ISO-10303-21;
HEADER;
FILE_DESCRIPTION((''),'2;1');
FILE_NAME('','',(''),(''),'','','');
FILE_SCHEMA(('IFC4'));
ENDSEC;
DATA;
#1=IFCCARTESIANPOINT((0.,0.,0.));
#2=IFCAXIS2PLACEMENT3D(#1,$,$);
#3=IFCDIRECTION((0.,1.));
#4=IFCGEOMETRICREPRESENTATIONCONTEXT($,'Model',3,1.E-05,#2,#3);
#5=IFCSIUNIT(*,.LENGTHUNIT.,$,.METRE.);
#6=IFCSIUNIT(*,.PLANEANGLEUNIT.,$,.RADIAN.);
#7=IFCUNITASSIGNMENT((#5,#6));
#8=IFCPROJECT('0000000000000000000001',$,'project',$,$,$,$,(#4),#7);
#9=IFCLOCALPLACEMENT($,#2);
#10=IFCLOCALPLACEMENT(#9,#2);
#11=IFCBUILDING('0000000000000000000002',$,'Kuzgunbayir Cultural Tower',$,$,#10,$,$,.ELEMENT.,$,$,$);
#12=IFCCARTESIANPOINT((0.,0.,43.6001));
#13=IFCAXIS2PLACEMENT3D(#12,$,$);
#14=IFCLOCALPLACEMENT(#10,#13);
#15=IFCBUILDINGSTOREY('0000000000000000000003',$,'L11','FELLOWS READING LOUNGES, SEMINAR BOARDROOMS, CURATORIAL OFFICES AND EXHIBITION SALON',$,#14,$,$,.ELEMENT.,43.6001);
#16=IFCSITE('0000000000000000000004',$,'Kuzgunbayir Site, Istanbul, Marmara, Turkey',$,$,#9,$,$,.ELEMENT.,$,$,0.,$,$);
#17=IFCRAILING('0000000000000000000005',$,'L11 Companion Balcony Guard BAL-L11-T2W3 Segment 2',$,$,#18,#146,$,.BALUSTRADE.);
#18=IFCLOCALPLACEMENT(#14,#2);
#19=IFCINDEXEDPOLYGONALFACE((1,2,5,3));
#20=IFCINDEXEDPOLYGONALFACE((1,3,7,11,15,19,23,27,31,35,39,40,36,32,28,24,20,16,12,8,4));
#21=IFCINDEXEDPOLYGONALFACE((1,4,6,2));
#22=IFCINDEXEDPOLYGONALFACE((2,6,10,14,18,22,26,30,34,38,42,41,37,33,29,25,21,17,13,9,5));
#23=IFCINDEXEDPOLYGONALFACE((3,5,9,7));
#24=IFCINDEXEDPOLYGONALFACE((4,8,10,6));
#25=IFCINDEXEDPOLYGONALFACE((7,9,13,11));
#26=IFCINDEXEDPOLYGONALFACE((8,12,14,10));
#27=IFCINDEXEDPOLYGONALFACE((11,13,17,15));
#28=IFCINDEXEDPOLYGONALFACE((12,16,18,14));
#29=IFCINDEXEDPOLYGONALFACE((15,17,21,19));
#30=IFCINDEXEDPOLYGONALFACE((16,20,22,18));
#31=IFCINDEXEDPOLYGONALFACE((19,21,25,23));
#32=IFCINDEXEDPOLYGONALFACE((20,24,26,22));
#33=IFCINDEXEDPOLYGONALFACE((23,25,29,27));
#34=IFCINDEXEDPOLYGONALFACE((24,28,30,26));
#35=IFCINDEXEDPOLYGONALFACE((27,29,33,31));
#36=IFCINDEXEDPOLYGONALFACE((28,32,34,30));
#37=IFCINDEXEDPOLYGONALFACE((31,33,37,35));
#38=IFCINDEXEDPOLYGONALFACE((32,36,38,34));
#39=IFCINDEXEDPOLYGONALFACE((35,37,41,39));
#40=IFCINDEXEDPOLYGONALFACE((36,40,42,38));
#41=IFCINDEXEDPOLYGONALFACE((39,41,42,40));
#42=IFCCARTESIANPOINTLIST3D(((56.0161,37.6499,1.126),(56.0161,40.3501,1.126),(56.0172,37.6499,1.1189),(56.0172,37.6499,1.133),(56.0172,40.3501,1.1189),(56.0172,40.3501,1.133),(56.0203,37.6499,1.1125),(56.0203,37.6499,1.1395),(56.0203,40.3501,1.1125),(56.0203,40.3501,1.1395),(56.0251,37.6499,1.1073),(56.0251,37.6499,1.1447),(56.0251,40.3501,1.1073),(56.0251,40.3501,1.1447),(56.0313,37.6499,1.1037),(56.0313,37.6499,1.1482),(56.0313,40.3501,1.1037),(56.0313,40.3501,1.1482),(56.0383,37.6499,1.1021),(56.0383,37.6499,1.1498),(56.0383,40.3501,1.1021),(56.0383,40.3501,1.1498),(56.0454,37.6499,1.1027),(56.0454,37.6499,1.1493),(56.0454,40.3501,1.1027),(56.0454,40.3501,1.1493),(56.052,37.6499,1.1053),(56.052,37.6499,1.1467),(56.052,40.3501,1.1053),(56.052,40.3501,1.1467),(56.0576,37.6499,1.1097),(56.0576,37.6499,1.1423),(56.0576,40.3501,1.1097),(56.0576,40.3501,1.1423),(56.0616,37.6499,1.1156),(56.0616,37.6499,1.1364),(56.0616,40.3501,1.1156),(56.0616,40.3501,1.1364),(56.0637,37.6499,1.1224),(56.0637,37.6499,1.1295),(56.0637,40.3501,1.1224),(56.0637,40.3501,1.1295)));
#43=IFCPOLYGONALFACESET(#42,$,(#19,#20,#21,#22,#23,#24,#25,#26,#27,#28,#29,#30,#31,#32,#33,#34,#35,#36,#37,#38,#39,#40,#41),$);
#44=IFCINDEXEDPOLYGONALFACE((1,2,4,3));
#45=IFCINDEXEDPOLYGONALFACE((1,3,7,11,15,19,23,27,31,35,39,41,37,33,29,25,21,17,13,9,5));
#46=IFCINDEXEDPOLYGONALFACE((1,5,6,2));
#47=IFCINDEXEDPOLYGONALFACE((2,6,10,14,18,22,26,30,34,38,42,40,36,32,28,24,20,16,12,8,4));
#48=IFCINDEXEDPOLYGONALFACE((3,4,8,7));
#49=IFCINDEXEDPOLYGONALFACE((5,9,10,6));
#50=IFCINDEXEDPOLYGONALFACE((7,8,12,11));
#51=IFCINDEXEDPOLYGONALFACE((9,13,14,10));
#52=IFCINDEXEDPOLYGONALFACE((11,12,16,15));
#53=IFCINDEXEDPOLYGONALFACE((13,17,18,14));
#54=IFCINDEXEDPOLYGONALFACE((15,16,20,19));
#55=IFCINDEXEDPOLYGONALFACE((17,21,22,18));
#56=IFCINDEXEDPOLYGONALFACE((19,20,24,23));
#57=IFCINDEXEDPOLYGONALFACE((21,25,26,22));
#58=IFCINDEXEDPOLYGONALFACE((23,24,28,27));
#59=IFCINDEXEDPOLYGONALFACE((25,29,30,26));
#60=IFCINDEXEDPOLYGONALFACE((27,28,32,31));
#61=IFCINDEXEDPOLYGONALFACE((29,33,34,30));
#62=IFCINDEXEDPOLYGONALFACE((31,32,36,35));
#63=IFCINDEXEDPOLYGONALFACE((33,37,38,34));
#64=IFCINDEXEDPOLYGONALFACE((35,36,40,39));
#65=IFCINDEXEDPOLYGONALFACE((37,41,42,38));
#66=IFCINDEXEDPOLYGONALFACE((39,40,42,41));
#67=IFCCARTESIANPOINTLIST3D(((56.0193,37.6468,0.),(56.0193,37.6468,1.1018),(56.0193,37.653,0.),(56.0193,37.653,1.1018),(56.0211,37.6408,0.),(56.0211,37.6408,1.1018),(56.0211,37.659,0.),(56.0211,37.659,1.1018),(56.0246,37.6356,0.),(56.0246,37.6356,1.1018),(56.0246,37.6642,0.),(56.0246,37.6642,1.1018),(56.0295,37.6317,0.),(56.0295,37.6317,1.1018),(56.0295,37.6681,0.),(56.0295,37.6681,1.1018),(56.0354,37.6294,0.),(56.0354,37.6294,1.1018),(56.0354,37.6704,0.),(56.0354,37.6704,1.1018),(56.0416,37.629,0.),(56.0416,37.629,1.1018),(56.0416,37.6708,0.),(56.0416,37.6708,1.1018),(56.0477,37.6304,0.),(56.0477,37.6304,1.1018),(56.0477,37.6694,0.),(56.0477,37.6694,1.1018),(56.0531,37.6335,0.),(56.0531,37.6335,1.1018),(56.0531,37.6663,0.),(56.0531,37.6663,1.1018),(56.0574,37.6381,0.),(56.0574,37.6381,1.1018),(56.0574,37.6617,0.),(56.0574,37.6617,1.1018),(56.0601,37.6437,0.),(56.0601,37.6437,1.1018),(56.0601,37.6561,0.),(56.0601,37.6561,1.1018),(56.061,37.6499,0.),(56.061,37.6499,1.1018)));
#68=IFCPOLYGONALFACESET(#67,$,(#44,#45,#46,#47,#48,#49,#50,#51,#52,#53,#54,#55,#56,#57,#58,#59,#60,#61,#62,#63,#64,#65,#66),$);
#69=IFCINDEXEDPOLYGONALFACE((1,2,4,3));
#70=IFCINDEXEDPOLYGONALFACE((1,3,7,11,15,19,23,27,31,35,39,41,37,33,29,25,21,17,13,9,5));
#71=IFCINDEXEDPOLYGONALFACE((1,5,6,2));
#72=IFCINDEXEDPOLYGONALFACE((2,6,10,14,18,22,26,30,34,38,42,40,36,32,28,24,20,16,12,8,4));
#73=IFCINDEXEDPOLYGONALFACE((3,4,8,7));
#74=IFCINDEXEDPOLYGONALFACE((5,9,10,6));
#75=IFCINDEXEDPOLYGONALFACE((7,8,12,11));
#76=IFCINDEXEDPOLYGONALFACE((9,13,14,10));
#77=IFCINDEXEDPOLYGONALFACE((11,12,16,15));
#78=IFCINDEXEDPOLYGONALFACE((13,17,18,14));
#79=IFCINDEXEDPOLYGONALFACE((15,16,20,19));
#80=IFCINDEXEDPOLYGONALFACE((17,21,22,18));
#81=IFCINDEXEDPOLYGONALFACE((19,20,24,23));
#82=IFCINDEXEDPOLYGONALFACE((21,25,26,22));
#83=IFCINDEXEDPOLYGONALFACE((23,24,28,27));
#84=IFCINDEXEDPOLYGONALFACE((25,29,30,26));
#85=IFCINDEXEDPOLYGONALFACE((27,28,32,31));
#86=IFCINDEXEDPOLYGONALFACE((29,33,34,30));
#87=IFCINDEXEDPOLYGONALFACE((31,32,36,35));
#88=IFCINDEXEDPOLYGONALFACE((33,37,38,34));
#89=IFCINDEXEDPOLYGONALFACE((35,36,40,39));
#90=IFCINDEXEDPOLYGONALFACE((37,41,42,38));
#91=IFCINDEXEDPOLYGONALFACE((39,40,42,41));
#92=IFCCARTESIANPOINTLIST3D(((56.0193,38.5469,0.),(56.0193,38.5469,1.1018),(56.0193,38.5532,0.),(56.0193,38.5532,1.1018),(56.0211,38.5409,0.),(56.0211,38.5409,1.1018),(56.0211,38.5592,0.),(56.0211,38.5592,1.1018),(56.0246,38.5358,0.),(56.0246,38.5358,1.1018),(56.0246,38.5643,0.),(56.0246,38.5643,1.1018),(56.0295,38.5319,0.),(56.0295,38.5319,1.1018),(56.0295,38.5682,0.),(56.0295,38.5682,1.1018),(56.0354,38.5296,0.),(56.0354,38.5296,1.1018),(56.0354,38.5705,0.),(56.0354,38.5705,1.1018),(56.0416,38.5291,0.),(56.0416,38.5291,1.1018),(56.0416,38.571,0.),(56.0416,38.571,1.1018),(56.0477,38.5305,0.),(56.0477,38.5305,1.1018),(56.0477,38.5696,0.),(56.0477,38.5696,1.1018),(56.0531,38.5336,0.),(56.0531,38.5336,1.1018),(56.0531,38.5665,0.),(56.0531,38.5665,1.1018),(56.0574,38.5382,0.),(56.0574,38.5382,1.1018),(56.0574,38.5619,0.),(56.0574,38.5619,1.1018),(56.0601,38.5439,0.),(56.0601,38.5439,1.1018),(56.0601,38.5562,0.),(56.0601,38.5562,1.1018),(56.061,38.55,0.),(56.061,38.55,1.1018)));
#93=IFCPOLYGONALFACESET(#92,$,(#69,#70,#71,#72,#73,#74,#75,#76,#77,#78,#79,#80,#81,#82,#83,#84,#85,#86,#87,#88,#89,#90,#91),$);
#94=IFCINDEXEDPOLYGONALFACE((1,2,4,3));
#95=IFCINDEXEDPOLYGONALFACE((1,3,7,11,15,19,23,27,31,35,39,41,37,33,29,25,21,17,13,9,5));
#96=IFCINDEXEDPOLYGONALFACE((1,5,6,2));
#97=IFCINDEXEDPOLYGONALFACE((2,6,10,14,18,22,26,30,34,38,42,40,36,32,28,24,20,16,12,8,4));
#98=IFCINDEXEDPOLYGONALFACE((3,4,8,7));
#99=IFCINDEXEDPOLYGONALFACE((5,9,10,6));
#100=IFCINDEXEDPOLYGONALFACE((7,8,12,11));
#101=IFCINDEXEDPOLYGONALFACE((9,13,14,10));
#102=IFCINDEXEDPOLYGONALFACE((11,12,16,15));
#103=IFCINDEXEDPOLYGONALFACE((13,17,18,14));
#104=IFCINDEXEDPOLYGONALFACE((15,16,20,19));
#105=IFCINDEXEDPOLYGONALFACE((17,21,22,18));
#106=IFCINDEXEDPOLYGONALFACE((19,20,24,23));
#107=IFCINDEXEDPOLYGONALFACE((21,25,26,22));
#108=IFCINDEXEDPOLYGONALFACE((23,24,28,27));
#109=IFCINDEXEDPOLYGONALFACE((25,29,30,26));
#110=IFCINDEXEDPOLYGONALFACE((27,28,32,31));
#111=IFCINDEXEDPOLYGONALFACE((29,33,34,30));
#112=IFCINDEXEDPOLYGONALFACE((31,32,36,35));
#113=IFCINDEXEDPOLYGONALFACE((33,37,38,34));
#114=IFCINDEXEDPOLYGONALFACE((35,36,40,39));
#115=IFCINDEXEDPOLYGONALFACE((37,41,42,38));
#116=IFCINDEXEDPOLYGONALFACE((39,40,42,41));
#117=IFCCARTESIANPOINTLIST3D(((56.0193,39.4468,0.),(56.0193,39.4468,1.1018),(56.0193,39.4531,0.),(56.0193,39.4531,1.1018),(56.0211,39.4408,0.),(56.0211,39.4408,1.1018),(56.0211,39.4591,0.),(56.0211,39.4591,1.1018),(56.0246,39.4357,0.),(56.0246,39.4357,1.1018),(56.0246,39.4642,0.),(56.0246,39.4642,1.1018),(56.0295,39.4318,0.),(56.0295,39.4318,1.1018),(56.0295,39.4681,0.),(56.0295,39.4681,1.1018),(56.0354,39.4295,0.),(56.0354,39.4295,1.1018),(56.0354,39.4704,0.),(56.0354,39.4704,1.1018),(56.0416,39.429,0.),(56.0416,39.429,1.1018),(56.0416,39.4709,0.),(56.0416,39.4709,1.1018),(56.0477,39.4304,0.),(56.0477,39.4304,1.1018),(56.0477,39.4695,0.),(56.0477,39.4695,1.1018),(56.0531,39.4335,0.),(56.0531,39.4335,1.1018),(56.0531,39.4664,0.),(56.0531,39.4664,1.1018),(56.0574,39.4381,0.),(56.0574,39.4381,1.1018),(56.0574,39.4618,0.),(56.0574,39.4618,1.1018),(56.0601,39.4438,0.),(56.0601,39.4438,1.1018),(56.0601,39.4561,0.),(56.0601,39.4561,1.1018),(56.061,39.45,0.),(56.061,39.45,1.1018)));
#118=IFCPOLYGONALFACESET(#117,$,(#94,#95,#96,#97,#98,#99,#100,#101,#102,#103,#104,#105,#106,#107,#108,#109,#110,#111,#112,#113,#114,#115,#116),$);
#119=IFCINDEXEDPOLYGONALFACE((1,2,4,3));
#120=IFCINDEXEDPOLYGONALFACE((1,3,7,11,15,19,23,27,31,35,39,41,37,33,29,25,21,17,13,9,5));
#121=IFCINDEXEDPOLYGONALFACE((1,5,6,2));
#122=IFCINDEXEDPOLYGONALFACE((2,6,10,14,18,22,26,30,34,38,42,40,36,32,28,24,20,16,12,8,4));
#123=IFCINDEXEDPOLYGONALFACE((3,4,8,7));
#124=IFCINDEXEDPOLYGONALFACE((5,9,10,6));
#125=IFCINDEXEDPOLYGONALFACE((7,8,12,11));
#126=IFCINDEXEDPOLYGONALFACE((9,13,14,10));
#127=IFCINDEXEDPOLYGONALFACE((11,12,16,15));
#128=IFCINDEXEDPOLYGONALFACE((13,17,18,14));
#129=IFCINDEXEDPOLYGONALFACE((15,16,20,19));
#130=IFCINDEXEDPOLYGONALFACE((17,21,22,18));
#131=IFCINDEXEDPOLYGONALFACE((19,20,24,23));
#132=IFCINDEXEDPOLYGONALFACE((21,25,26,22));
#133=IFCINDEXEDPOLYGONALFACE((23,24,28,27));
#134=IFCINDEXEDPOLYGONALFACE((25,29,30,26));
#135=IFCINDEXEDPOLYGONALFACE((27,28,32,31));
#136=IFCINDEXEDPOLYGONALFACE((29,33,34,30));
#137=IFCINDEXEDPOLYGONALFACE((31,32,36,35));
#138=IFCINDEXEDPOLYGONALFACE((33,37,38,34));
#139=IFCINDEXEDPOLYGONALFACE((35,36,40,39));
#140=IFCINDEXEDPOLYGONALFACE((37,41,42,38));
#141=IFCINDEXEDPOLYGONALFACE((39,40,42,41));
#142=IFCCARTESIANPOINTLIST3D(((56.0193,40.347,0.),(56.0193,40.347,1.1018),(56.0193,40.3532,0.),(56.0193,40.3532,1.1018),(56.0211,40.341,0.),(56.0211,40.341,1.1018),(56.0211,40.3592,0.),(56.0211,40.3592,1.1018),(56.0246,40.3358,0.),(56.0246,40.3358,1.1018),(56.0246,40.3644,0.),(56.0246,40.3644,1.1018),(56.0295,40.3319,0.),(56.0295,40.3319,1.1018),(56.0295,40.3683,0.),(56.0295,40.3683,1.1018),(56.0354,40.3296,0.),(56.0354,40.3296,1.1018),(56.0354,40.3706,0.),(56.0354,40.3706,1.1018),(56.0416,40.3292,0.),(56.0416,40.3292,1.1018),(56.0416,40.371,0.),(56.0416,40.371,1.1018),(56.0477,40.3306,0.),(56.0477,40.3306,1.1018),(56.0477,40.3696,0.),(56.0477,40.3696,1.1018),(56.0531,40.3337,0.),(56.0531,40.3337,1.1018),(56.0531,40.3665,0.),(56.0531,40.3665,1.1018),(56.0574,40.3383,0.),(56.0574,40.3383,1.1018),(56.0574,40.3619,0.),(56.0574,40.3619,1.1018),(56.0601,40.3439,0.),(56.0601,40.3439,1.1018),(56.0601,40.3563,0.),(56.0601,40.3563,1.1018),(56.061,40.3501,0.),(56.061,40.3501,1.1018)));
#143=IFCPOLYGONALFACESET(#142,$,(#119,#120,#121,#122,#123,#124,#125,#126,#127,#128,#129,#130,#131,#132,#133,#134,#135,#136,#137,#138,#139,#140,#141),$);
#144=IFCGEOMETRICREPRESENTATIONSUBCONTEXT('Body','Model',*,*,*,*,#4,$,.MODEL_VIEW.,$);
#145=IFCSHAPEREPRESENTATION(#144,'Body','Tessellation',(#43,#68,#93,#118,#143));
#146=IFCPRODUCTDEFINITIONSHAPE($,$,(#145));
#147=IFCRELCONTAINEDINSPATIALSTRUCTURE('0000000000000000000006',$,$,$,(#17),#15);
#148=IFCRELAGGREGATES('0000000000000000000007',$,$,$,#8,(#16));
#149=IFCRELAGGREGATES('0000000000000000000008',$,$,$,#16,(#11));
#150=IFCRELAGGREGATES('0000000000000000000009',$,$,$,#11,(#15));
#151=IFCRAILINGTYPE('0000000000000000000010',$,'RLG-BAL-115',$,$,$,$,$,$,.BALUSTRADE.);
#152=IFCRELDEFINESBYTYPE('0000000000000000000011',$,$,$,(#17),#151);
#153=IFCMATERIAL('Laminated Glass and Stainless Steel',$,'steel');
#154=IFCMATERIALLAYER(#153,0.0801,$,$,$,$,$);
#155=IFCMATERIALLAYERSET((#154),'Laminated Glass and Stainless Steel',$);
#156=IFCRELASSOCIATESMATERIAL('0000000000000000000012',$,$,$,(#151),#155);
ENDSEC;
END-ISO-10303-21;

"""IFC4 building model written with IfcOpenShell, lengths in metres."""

from ifc_helpers import new_model, si_unit, direction, frame, origin, origin_2d, place, context, subcontext, project, spatial, circle, extrude, material, layer, layer_set, type_object, element, save


model = new_model("IFC4")

# Units and contexts
model_context = context("Model", 3, precision=1e-05, world=origin(), true_north=direction((0.0, 1.0)))
body_context = subcontext(model_context, "Body", "Model", "MODEL_VIEW")
ifc_project = project(units=[si_unit("LENGTHUNIT", "METRE"), si_unit("PLANEANGLEUNIT", "RADIAN")], contexts=[model_context])

# Site, building, storey
site_placement = place(None, origin())
site = spatial("IfcSite", under=ifc_project, at=site_placement, Name="Kuzgunbayir Site, Istanbul, Marmara, Turkey", CompositionType="ELEMENT", RefElevation=0.0)
building_placement = place(site_placement, origin())
building = spatial("IfcBuilding", under=site, at=building_placement, Name="Kuzgunbayir Cultural Tower", CompositionType="ELEMENT")
storey_placement = place(building_placement, frame((0.0, 0.0, 43.6001)))
storey = spatial("IfcBuildingStorey", under=building, at=storey_placement, Name="L11", Description="FELLOWS READING LOUNGES, SEMINAR BOARDROOMS, CURATORIAL OFFICES AND EXHIBITION SALON", CompositionType="ELEMENT", Elevation=43.6001)

# Railing
ifc_material_1 = material(Name="Laminated Glass and Stainless Steel", Category="steel")
ifc_layer_1 = layer(ifc_material_1, 0.0801)
ifc_layer_set_1 = layer_set([ifc_layer_1], Name="Laminated Glass and Stainless Steel")
railing_type = type_object("IfcRailingType", Name="RLG-BAL-115", PredefinedType="BALUSTRADE", material=ifc_layer_set_1)
railing_1_placement = place(storey_placement, frame((56.04, 37.6499, 0.0)))
element("IfcRailing", 1, at=railing_1_placement, inside=storey, type_object=railing_type, Name="L11 Companion Balcony Guard BAL-L11-T2W3 Segment 2", PredefinedType="BALUSTRADE", context=body_context, shape_type="SweptSolid", body=[
    extrude(circle(Radius=0.0239, at=origin_2d()), frame((0.0, 0.0, 1.126), z_axis=(0.0, 1.0, 0.0), x_axis=(-1.0, 0.0, 0.0)), (0.0, 0.0, 1.0), 2.7002),
    extrude(circle(Radius=0.021, at=origin_2d()), origin(), (0.0, 0.0, 1.0), 1.1018),
    extrude(circle(Radius=0.021, at=origin_2d()), frame((0.0, 0.9001, 0.0)), (0.0, 0.0, 1.0), 1.1018),
    extrude(circle(Radius=0.021, at=origin_2d()), frame((0.0, 1.8, 0.0)), (0.0, 0.0, 1.0), 1.1018),
    extrude(circle(Radius=0.021, at=origin_2d()), frame((0.0, 2.7002, 0.0)), (0.0, 0.0, 1.0), 1.1018),
])

save(model, "model.ifc")
